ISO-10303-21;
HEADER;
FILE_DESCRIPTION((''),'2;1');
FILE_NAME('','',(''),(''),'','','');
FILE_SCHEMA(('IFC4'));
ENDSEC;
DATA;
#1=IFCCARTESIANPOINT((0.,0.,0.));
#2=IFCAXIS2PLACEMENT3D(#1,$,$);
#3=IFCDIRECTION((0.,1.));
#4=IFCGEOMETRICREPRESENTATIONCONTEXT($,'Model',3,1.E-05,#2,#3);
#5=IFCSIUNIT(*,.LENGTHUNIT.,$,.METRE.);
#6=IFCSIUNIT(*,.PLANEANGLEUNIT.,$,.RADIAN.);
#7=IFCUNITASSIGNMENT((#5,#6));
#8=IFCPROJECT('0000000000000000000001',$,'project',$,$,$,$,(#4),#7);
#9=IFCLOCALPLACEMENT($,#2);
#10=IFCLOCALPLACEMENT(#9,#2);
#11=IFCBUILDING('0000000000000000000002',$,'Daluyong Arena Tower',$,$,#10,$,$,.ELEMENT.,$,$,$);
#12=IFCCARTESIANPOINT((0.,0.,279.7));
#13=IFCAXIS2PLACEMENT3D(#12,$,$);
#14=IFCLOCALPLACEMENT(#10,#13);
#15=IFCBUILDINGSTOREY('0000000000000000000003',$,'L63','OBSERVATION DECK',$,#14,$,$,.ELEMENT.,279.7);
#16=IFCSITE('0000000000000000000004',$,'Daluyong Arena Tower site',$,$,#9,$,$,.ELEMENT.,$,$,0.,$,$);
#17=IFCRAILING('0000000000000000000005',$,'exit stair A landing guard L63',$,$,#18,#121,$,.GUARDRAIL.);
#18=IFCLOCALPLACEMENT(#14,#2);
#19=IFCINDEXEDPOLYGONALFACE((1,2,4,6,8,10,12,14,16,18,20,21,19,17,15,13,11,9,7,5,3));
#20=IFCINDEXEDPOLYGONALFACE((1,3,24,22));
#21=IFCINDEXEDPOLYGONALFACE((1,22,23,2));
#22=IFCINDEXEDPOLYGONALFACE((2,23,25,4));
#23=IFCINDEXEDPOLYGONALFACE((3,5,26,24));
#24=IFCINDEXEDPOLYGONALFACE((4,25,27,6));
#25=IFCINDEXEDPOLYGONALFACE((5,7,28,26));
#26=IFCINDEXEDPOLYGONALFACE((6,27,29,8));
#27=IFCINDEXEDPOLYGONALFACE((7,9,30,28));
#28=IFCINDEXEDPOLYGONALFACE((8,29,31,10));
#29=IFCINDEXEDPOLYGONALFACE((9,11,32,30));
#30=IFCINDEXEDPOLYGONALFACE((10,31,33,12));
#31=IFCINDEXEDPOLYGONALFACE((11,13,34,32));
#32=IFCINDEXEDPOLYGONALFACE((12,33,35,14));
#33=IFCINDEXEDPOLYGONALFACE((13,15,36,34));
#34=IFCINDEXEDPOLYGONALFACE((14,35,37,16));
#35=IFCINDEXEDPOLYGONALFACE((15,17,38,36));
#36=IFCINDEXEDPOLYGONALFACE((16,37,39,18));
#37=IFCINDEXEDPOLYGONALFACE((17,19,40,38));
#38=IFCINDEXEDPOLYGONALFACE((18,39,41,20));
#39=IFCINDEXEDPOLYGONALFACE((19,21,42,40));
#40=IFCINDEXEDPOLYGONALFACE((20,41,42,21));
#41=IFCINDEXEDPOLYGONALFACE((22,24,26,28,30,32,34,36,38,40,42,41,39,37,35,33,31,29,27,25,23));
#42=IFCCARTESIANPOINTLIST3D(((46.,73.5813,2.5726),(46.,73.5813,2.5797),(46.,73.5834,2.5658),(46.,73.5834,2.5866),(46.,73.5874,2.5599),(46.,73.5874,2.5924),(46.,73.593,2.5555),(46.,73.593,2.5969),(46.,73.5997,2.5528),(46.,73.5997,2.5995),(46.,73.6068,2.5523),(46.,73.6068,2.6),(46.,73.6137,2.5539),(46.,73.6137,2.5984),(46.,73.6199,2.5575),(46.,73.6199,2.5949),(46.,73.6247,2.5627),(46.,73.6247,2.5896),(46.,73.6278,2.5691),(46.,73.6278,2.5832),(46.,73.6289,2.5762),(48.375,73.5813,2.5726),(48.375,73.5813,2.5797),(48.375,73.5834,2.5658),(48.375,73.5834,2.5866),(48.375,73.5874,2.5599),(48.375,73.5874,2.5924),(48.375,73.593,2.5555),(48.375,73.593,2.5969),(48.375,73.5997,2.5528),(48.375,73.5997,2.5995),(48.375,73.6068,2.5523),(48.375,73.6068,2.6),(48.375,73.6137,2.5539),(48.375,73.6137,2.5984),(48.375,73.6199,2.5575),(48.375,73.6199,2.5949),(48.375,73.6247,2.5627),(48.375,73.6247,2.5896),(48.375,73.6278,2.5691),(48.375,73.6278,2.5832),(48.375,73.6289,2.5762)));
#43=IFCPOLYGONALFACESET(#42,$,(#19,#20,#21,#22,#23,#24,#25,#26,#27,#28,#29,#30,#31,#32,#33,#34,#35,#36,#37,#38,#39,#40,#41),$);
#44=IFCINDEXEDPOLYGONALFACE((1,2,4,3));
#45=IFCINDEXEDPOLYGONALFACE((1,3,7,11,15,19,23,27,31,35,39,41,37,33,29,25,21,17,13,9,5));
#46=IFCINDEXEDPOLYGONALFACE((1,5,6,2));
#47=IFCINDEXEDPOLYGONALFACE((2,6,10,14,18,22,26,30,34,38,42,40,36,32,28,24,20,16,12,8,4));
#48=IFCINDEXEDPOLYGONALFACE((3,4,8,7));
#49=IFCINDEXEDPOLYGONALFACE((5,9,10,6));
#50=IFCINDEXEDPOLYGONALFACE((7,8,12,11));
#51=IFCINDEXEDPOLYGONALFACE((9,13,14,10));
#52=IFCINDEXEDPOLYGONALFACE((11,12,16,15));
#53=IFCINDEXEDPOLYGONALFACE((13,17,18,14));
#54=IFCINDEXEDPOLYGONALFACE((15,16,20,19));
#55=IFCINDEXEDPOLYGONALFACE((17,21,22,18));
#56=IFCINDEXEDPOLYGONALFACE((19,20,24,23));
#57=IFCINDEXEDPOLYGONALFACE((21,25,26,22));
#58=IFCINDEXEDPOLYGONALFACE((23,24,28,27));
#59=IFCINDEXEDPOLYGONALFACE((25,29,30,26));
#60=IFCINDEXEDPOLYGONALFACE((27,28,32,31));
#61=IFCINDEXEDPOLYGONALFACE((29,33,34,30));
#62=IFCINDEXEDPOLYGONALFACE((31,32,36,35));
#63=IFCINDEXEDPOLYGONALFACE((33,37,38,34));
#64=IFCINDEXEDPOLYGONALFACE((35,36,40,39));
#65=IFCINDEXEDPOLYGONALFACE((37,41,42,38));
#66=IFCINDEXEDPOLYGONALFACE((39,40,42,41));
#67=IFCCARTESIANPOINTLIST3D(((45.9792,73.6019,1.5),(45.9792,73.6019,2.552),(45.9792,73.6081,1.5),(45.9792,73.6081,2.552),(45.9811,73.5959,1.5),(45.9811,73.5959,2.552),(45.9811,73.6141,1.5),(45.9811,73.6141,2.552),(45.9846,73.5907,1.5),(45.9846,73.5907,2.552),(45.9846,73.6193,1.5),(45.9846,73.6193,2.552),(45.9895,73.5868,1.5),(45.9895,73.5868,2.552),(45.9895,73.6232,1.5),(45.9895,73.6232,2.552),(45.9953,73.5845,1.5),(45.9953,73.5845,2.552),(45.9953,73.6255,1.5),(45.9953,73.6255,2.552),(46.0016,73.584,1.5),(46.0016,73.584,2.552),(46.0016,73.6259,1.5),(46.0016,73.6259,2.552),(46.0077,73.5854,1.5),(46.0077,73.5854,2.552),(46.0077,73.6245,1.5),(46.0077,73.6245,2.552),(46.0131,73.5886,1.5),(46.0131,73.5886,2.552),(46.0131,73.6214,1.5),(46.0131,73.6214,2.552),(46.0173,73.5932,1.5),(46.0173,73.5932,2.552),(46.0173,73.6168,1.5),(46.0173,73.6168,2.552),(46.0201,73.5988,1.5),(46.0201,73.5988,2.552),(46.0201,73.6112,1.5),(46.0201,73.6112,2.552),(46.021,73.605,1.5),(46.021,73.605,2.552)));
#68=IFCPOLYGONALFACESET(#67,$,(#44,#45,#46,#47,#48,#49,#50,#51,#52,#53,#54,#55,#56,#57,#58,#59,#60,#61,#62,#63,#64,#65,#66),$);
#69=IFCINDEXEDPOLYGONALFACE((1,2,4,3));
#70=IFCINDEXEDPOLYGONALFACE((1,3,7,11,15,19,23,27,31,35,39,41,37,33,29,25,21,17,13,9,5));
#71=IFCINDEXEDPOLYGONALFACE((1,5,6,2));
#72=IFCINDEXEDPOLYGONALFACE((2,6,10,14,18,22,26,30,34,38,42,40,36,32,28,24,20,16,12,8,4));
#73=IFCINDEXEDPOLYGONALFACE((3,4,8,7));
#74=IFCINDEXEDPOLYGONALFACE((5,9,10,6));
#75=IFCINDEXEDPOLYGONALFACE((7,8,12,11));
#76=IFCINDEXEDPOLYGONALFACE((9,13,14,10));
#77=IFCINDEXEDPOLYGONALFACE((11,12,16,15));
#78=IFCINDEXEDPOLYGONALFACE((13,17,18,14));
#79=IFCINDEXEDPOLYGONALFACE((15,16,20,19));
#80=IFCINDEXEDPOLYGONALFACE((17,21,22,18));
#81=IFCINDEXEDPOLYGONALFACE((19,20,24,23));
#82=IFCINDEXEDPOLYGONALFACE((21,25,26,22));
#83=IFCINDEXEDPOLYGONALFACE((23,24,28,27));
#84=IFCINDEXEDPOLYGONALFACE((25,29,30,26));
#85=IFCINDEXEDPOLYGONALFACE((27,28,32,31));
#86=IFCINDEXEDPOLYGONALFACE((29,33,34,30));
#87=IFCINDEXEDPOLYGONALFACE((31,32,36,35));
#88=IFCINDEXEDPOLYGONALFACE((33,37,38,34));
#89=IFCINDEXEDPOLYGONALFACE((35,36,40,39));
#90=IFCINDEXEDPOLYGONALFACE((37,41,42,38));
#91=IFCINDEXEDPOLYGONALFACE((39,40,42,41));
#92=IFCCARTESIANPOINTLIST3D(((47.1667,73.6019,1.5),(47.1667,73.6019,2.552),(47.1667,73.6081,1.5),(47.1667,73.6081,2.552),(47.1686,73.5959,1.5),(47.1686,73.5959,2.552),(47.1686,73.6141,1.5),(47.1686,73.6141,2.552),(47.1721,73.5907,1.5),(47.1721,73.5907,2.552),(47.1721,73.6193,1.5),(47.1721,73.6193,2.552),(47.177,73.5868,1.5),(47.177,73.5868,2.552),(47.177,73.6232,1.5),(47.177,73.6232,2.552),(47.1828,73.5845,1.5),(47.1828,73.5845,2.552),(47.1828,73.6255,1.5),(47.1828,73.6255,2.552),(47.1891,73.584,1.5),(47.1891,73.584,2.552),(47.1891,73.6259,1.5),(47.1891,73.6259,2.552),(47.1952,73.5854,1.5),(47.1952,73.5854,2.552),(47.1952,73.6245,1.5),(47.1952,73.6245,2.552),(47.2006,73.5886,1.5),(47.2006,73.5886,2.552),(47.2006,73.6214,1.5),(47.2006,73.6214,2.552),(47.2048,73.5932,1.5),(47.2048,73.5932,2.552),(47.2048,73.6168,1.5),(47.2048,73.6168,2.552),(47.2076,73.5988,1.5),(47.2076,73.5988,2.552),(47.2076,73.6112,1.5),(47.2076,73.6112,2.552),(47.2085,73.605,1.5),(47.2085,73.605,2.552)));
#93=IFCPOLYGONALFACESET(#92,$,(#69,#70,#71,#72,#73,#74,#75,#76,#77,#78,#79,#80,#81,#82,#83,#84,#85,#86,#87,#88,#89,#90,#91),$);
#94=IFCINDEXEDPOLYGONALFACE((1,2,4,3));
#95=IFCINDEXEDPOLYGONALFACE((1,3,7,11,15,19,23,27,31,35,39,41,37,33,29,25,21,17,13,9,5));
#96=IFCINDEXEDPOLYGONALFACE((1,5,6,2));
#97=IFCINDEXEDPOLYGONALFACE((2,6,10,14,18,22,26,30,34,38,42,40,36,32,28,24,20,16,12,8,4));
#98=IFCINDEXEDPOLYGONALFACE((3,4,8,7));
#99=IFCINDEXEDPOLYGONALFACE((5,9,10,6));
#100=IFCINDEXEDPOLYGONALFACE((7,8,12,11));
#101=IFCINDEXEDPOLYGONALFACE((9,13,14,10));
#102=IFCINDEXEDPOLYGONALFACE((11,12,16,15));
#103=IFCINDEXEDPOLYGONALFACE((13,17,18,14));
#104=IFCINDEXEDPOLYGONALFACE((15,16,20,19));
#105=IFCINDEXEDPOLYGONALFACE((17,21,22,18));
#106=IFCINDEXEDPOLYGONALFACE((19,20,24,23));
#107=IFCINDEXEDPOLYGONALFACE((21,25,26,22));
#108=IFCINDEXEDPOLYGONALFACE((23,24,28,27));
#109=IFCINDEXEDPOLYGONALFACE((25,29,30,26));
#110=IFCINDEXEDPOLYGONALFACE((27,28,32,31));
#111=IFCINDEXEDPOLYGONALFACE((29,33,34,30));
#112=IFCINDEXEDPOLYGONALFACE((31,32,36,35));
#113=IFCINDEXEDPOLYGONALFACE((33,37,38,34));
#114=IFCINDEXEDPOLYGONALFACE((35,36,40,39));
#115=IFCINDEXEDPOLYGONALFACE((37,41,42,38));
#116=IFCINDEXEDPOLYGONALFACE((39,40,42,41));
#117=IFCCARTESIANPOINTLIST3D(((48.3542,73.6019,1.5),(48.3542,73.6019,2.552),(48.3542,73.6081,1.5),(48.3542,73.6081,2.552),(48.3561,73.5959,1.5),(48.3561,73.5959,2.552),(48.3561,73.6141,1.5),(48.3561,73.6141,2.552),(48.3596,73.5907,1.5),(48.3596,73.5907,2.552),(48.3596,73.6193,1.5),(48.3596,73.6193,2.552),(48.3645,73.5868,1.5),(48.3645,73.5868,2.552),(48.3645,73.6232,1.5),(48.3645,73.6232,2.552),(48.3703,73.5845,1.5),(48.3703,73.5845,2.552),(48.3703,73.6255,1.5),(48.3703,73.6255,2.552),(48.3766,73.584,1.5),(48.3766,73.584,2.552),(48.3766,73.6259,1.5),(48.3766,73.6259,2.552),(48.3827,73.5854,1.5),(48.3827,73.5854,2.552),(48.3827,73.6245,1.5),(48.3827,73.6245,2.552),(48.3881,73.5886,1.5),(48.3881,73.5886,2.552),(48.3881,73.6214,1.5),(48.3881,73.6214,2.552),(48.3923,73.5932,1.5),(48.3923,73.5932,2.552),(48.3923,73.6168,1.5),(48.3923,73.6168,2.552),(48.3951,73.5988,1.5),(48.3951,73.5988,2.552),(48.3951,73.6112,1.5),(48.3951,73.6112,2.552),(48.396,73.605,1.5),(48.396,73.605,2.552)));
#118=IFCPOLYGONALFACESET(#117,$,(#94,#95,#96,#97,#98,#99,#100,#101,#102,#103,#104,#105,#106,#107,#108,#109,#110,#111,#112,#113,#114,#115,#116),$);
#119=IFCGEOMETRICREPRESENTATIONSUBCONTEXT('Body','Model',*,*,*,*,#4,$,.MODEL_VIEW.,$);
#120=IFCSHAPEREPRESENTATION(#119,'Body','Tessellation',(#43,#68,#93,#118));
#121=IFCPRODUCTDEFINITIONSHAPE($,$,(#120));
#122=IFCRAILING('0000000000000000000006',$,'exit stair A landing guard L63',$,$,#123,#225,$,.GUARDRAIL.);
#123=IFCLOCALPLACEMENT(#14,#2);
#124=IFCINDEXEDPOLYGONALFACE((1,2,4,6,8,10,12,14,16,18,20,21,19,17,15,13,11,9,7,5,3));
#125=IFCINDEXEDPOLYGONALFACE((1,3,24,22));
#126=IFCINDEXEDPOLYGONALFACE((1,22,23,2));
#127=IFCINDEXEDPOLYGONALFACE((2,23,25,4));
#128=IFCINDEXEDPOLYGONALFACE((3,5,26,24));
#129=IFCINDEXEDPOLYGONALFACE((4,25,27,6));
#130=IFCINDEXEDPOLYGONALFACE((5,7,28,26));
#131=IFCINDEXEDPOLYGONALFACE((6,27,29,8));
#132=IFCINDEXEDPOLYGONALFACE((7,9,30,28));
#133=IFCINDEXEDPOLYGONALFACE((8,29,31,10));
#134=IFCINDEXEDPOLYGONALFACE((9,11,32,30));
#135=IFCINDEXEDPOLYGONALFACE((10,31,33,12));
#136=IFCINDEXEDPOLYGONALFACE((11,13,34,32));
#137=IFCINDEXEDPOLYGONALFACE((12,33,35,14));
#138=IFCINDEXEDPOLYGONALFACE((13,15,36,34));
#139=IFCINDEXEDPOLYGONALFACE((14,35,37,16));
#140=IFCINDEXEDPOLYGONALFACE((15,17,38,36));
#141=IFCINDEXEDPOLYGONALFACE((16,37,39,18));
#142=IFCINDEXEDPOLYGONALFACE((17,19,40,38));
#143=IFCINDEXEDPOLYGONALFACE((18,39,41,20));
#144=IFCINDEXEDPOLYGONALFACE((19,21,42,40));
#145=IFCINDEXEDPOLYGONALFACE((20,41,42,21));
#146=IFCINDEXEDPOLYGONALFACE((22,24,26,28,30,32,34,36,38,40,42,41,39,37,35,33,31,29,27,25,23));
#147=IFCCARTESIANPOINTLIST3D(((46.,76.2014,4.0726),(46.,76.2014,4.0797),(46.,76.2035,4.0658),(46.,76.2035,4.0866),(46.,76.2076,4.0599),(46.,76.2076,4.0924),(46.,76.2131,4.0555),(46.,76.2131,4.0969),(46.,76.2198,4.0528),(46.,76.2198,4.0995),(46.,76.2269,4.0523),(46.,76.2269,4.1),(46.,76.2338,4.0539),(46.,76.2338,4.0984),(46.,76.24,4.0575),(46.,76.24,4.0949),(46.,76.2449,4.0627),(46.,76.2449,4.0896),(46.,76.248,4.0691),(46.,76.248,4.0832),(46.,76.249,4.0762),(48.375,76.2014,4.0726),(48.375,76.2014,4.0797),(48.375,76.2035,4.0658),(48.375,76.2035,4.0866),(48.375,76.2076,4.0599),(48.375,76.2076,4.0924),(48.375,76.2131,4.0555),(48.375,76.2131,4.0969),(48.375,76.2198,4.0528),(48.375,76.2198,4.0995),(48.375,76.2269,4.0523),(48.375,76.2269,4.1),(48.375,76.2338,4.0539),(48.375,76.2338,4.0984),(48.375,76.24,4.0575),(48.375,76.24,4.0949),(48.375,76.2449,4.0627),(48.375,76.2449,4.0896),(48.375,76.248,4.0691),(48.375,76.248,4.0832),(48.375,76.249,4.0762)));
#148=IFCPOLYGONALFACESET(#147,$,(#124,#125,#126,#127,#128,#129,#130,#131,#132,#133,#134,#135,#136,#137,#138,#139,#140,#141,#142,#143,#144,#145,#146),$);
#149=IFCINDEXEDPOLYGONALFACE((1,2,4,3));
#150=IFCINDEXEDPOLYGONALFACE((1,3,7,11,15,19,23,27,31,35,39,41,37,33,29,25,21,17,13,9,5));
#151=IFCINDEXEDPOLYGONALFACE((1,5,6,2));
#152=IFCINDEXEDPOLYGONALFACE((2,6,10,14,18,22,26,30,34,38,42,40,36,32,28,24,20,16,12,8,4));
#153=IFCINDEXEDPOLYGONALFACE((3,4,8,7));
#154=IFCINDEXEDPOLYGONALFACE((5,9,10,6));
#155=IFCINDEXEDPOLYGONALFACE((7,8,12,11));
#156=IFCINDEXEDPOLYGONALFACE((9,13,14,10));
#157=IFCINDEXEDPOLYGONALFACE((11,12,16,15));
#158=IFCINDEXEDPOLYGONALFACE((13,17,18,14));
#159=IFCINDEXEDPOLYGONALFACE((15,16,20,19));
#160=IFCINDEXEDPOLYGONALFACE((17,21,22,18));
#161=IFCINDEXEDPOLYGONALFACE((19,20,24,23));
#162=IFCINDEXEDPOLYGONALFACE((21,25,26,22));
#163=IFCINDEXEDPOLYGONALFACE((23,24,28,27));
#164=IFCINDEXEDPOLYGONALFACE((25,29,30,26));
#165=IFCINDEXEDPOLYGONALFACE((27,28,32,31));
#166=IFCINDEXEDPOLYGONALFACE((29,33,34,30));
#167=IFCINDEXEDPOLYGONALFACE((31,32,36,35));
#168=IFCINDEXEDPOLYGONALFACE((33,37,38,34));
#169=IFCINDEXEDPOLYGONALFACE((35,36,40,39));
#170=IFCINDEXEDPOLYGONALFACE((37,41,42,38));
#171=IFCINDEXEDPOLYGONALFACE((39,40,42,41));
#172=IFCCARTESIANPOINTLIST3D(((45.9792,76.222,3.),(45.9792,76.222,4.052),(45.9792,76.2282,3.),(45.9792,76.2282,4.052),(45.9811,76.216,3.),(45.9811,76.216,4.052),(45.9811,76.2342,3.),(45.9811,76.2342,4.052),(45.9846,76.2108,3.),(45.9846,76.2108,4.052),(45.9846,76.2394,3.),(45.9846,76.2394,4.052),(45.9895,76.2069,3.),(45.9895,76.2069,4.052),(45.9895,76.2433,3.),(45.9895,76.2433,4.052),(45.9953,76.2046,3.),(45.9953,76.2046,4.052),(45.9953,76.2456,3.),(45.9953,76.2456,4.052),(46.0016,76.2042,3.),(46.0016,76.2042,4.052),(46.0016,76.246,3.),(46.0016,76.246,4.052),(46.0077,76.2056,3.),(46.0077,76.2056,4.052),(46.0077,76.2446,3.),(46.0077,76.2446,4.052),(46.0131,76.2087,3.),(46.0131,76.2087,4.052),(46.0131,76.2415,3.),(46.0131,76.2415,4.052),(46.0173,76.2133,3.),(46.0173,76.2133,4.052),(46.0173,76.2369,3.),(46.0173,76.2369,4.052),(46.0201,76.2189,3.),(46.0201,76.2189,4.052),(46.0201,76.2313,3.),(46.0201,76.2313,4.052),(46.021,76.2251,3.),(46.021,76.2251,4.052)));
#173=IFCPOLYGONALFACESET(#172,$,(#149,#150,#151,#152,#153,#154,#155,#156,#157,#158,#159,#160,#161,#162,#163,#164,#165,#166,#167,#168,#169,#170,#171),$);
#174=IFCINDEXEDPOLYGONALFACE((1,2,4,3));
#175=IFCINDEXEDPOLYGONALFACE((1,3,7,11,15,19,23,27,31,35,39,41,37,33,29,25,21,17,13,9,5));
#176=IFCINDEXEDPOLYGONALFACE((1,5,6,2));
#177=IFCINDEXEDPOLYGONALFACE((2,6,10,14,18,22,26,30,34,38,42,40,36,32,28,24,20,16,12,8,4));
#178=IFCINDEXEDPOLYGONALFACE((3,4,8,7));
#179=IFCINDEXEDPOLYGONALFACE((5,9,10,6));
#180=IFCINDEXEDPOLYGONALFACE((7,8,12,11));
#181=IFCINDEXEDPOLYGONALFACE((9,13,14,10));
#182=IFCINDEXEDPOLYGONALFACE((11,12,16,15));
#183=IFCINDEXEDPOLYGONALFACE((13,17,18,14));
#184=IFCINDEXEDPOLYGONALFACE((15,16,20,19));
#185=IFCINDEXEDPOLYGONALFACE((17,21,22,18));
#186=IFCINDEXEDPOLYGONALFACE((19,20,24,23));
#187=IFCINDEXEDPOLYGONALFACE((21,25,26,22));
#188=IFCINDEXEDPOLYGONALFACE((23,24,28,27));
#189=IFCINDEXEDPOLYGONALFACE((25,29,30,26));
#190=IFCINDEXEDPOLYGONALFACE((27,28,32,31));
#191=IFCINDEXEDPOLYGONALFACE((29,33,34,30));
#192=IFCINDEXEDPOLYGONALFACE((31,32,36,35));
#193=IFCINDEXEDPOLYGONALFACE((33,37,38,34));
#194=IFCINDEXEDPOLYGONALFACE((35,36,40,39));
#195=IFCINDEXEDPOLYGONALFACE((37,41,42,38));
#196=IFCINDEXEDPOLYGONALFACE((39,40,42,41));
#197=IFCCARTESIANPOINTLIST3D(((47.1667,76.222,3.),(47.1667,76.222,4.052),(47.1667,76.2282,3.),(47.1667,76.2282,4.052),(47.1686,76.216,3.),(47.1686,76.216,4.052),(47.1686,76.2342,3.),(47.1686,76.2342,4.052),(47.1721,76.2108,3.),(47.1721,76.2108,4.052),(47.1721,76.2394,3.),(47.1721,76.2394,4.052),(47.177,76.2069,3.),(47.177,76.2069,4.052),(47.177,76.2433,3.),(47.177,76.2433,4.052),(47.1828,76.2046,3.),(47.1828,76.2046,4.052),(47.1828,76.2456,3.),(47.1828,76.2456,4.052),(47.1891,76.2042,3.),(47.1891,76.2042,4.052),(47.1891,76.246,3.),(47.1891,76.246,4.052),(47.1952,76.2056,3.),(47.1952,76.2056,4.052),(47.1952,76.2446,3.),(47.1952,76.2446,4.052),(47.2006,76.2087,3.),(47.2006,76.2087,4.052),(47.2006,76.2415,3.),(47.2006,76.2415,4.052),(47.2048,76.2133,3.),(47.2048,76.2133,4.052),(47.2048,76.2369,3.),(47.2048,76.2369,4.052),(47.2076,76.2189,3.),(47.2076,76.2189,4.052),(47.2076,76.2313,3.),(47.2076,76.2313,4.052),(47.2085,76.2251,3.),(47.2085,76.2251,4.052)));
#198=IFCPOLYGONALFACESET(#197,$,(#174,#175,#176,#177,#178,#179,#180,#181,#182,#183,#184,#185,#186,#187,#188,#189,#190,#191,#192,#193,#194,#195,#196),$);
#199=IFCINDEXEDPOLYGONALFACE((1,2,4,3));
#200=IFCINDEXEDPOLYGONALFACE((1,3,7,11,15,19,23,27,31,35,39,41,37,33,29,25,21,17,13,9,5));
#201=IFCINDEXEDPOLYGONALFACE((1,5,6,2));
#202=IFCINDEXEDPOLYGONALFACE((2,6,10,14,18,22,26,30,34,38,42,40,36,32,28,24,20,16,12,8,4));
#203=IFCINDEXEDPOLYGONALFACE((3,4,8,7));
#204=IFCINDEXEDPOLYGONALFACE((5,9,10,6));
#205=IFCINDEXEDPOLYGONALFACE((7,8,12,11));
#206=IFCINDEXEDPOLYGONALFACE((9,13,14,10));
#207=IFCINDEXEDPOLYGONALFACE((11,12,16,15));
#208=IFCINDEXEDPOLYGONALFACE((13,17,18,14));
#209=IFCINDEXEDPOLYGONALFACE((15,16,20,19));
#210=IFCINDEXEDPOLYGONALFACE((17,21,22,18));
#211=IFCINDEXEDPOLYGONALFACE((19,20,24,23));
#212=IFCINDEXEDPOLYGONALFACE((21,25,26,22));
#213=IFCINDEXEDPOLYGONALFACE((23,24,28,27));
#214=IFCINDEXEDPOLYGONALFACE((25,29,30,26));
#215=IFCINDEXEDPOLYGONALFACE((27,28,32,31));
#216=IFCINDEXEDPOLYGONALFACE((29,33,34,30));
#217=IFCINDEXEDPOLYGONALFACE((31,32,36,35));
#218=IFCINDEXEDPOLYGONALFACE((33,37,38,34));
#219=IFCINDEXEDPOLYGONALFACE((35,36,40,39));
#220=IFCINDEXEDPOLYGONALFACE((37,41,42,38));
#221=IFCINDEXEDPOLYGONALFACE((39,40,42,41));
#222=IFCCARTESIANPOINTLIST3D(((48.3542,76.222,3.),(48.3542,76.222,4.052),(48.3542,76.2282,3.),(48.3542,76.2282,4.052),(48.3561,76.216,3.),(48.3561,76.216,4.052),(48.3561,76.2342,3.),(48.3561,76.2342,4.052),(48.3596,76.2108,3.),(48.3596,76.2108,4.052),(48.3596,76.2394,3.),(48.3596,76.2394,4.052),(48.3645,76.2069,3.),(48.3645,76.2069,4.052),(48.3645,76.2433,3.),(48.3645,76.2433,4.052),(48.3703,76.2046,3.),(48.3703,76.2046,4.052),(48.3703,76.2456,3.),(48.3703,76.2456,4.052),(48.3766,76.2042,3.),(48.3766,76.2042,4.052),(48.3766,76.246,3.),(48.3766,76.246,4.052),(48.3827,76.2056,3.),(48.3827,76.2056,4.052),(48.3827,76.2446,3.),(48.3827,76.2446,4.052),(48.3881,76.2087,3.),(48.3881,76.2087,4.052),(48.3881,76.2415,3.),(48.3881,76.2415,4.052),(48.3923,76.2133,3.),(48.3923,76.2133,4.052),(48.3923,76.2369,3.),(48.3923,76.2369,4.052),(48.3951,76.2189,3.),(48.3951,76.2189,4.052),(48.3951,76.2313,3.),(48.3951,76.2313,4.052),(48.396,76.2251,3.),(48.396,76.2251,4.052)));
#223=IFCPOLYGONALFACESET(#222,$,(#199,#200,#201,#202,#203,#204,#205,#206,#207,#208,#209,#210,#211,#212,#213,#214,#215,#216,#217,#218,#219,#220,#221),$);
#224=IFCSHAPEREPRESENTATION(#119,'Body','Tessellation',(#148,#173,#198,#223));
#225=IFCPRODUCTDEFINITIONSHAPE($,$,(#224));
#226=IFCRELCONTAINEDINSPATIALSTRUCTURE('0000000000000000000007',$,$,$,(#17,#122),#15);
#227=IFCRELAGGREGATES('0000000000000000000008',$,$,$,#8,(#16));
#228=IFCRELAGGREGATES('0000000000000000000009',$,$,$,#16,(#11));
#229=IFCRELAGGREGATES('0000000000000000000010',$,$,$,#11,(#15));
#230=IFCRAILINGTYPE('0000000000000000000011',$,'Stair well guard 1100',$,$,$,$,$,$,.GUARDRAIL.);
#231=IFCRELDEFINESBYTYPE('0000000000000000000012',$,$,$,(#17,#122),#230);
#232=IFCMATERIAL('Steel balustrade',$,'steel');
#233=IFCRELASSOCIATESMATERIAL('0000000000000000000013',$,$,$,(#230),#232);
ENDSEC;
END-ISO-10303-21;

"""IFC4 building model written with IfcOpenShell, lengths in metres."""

from ifc_helpers import new_model, si_unit, direction, frame, origin, origin_2d, place, context, subcontext, project, spatial, circle, extrude, material, type_object, element, save


model = new_model("IFC4")

# Units and contexts
model_context = context("Model", 3, precision=1e-05, world=origin(), true_north=direction((0.0, 1.0)))
body_context = subcontext(model_context, "Body", "Model", "MODEL_VIEW")
ifc_project = project(units=[si_unit("LENGTHUNIT", "METRE"), si_unit("PLANEANGLEUNIT", "RADIAN")], contexts=[model_context])

# Site, building, storey
site_placement = place(None, origin())
site = spatial("IfcSite", under=ifc_project, at=site_placement, Name="Daluyong Arena Tower site", CompositionType="ELEMENT", RefElevation=0.0)
building_placement = place(site_placement, origin())
building = spatial("IfcBuilding", under=site, at=building_placement, Name="Daluyong Arena Tower", CompositionType="ELEMENT")
storey_placement = place(building_placement, frame((0.0, 0.0, 279.7)))
storey = spatial("IfcBuildingStorey", under=building, at=storey_placement, Name="L63", Description="OBSERVATION DECK", CompositionType="ELEMENT", Elevation=279.7)

# Railings
ifc_material_1 = material(Name="Steel balustrade", Category="steel")
railing_type_1 = type_object("IfcRailingType", Name="Stair well guard 1100", PredefinedType="GUARDRAIL", material=ifc_material_1)
for number, where, name in (
    (1, (46.0, 73.605, 1.5), "exit stair A landing guard L63"),
    (2, (46.0, 76.2251, 3.0), "exit stair A landing guard L63"),
):
    element("IfcRailing", number, at=place(storey_placement, frame(where)), inside=storey, type_object=railing_type_1, Name=name, PredefinedType="GUARDRAIL", context=body_context, shape_type="SweptSolid", body=[
        extrude(circle(Radius=0.0239, at=origin_2d()), frame((0.0, 0.0, 1.0762), z_axis=(1.0, 0.0, 0.0), x_axis=(0.0, 1.0, 0.0)), (0.0, 0.0, 1.0), 2.375),
        extrude(circle(Radius=0.021, at=origin_2d()), origin(), (0.0, 0.0, 1.0), 1.052),
        extrude(circle(Radius=0.021, at=origin_2d()), frame((1.1875, 0.0, 0.0)), (0.0, 0.0, 1.0), 1.052),
        extrude(circle(Radius=0.021, at=origin_2d()), frame((2.375, 0.0, 0.0)), (0.0, 0.0, 1.0), 1.052),
    ])

save(model, "model.ifc")
